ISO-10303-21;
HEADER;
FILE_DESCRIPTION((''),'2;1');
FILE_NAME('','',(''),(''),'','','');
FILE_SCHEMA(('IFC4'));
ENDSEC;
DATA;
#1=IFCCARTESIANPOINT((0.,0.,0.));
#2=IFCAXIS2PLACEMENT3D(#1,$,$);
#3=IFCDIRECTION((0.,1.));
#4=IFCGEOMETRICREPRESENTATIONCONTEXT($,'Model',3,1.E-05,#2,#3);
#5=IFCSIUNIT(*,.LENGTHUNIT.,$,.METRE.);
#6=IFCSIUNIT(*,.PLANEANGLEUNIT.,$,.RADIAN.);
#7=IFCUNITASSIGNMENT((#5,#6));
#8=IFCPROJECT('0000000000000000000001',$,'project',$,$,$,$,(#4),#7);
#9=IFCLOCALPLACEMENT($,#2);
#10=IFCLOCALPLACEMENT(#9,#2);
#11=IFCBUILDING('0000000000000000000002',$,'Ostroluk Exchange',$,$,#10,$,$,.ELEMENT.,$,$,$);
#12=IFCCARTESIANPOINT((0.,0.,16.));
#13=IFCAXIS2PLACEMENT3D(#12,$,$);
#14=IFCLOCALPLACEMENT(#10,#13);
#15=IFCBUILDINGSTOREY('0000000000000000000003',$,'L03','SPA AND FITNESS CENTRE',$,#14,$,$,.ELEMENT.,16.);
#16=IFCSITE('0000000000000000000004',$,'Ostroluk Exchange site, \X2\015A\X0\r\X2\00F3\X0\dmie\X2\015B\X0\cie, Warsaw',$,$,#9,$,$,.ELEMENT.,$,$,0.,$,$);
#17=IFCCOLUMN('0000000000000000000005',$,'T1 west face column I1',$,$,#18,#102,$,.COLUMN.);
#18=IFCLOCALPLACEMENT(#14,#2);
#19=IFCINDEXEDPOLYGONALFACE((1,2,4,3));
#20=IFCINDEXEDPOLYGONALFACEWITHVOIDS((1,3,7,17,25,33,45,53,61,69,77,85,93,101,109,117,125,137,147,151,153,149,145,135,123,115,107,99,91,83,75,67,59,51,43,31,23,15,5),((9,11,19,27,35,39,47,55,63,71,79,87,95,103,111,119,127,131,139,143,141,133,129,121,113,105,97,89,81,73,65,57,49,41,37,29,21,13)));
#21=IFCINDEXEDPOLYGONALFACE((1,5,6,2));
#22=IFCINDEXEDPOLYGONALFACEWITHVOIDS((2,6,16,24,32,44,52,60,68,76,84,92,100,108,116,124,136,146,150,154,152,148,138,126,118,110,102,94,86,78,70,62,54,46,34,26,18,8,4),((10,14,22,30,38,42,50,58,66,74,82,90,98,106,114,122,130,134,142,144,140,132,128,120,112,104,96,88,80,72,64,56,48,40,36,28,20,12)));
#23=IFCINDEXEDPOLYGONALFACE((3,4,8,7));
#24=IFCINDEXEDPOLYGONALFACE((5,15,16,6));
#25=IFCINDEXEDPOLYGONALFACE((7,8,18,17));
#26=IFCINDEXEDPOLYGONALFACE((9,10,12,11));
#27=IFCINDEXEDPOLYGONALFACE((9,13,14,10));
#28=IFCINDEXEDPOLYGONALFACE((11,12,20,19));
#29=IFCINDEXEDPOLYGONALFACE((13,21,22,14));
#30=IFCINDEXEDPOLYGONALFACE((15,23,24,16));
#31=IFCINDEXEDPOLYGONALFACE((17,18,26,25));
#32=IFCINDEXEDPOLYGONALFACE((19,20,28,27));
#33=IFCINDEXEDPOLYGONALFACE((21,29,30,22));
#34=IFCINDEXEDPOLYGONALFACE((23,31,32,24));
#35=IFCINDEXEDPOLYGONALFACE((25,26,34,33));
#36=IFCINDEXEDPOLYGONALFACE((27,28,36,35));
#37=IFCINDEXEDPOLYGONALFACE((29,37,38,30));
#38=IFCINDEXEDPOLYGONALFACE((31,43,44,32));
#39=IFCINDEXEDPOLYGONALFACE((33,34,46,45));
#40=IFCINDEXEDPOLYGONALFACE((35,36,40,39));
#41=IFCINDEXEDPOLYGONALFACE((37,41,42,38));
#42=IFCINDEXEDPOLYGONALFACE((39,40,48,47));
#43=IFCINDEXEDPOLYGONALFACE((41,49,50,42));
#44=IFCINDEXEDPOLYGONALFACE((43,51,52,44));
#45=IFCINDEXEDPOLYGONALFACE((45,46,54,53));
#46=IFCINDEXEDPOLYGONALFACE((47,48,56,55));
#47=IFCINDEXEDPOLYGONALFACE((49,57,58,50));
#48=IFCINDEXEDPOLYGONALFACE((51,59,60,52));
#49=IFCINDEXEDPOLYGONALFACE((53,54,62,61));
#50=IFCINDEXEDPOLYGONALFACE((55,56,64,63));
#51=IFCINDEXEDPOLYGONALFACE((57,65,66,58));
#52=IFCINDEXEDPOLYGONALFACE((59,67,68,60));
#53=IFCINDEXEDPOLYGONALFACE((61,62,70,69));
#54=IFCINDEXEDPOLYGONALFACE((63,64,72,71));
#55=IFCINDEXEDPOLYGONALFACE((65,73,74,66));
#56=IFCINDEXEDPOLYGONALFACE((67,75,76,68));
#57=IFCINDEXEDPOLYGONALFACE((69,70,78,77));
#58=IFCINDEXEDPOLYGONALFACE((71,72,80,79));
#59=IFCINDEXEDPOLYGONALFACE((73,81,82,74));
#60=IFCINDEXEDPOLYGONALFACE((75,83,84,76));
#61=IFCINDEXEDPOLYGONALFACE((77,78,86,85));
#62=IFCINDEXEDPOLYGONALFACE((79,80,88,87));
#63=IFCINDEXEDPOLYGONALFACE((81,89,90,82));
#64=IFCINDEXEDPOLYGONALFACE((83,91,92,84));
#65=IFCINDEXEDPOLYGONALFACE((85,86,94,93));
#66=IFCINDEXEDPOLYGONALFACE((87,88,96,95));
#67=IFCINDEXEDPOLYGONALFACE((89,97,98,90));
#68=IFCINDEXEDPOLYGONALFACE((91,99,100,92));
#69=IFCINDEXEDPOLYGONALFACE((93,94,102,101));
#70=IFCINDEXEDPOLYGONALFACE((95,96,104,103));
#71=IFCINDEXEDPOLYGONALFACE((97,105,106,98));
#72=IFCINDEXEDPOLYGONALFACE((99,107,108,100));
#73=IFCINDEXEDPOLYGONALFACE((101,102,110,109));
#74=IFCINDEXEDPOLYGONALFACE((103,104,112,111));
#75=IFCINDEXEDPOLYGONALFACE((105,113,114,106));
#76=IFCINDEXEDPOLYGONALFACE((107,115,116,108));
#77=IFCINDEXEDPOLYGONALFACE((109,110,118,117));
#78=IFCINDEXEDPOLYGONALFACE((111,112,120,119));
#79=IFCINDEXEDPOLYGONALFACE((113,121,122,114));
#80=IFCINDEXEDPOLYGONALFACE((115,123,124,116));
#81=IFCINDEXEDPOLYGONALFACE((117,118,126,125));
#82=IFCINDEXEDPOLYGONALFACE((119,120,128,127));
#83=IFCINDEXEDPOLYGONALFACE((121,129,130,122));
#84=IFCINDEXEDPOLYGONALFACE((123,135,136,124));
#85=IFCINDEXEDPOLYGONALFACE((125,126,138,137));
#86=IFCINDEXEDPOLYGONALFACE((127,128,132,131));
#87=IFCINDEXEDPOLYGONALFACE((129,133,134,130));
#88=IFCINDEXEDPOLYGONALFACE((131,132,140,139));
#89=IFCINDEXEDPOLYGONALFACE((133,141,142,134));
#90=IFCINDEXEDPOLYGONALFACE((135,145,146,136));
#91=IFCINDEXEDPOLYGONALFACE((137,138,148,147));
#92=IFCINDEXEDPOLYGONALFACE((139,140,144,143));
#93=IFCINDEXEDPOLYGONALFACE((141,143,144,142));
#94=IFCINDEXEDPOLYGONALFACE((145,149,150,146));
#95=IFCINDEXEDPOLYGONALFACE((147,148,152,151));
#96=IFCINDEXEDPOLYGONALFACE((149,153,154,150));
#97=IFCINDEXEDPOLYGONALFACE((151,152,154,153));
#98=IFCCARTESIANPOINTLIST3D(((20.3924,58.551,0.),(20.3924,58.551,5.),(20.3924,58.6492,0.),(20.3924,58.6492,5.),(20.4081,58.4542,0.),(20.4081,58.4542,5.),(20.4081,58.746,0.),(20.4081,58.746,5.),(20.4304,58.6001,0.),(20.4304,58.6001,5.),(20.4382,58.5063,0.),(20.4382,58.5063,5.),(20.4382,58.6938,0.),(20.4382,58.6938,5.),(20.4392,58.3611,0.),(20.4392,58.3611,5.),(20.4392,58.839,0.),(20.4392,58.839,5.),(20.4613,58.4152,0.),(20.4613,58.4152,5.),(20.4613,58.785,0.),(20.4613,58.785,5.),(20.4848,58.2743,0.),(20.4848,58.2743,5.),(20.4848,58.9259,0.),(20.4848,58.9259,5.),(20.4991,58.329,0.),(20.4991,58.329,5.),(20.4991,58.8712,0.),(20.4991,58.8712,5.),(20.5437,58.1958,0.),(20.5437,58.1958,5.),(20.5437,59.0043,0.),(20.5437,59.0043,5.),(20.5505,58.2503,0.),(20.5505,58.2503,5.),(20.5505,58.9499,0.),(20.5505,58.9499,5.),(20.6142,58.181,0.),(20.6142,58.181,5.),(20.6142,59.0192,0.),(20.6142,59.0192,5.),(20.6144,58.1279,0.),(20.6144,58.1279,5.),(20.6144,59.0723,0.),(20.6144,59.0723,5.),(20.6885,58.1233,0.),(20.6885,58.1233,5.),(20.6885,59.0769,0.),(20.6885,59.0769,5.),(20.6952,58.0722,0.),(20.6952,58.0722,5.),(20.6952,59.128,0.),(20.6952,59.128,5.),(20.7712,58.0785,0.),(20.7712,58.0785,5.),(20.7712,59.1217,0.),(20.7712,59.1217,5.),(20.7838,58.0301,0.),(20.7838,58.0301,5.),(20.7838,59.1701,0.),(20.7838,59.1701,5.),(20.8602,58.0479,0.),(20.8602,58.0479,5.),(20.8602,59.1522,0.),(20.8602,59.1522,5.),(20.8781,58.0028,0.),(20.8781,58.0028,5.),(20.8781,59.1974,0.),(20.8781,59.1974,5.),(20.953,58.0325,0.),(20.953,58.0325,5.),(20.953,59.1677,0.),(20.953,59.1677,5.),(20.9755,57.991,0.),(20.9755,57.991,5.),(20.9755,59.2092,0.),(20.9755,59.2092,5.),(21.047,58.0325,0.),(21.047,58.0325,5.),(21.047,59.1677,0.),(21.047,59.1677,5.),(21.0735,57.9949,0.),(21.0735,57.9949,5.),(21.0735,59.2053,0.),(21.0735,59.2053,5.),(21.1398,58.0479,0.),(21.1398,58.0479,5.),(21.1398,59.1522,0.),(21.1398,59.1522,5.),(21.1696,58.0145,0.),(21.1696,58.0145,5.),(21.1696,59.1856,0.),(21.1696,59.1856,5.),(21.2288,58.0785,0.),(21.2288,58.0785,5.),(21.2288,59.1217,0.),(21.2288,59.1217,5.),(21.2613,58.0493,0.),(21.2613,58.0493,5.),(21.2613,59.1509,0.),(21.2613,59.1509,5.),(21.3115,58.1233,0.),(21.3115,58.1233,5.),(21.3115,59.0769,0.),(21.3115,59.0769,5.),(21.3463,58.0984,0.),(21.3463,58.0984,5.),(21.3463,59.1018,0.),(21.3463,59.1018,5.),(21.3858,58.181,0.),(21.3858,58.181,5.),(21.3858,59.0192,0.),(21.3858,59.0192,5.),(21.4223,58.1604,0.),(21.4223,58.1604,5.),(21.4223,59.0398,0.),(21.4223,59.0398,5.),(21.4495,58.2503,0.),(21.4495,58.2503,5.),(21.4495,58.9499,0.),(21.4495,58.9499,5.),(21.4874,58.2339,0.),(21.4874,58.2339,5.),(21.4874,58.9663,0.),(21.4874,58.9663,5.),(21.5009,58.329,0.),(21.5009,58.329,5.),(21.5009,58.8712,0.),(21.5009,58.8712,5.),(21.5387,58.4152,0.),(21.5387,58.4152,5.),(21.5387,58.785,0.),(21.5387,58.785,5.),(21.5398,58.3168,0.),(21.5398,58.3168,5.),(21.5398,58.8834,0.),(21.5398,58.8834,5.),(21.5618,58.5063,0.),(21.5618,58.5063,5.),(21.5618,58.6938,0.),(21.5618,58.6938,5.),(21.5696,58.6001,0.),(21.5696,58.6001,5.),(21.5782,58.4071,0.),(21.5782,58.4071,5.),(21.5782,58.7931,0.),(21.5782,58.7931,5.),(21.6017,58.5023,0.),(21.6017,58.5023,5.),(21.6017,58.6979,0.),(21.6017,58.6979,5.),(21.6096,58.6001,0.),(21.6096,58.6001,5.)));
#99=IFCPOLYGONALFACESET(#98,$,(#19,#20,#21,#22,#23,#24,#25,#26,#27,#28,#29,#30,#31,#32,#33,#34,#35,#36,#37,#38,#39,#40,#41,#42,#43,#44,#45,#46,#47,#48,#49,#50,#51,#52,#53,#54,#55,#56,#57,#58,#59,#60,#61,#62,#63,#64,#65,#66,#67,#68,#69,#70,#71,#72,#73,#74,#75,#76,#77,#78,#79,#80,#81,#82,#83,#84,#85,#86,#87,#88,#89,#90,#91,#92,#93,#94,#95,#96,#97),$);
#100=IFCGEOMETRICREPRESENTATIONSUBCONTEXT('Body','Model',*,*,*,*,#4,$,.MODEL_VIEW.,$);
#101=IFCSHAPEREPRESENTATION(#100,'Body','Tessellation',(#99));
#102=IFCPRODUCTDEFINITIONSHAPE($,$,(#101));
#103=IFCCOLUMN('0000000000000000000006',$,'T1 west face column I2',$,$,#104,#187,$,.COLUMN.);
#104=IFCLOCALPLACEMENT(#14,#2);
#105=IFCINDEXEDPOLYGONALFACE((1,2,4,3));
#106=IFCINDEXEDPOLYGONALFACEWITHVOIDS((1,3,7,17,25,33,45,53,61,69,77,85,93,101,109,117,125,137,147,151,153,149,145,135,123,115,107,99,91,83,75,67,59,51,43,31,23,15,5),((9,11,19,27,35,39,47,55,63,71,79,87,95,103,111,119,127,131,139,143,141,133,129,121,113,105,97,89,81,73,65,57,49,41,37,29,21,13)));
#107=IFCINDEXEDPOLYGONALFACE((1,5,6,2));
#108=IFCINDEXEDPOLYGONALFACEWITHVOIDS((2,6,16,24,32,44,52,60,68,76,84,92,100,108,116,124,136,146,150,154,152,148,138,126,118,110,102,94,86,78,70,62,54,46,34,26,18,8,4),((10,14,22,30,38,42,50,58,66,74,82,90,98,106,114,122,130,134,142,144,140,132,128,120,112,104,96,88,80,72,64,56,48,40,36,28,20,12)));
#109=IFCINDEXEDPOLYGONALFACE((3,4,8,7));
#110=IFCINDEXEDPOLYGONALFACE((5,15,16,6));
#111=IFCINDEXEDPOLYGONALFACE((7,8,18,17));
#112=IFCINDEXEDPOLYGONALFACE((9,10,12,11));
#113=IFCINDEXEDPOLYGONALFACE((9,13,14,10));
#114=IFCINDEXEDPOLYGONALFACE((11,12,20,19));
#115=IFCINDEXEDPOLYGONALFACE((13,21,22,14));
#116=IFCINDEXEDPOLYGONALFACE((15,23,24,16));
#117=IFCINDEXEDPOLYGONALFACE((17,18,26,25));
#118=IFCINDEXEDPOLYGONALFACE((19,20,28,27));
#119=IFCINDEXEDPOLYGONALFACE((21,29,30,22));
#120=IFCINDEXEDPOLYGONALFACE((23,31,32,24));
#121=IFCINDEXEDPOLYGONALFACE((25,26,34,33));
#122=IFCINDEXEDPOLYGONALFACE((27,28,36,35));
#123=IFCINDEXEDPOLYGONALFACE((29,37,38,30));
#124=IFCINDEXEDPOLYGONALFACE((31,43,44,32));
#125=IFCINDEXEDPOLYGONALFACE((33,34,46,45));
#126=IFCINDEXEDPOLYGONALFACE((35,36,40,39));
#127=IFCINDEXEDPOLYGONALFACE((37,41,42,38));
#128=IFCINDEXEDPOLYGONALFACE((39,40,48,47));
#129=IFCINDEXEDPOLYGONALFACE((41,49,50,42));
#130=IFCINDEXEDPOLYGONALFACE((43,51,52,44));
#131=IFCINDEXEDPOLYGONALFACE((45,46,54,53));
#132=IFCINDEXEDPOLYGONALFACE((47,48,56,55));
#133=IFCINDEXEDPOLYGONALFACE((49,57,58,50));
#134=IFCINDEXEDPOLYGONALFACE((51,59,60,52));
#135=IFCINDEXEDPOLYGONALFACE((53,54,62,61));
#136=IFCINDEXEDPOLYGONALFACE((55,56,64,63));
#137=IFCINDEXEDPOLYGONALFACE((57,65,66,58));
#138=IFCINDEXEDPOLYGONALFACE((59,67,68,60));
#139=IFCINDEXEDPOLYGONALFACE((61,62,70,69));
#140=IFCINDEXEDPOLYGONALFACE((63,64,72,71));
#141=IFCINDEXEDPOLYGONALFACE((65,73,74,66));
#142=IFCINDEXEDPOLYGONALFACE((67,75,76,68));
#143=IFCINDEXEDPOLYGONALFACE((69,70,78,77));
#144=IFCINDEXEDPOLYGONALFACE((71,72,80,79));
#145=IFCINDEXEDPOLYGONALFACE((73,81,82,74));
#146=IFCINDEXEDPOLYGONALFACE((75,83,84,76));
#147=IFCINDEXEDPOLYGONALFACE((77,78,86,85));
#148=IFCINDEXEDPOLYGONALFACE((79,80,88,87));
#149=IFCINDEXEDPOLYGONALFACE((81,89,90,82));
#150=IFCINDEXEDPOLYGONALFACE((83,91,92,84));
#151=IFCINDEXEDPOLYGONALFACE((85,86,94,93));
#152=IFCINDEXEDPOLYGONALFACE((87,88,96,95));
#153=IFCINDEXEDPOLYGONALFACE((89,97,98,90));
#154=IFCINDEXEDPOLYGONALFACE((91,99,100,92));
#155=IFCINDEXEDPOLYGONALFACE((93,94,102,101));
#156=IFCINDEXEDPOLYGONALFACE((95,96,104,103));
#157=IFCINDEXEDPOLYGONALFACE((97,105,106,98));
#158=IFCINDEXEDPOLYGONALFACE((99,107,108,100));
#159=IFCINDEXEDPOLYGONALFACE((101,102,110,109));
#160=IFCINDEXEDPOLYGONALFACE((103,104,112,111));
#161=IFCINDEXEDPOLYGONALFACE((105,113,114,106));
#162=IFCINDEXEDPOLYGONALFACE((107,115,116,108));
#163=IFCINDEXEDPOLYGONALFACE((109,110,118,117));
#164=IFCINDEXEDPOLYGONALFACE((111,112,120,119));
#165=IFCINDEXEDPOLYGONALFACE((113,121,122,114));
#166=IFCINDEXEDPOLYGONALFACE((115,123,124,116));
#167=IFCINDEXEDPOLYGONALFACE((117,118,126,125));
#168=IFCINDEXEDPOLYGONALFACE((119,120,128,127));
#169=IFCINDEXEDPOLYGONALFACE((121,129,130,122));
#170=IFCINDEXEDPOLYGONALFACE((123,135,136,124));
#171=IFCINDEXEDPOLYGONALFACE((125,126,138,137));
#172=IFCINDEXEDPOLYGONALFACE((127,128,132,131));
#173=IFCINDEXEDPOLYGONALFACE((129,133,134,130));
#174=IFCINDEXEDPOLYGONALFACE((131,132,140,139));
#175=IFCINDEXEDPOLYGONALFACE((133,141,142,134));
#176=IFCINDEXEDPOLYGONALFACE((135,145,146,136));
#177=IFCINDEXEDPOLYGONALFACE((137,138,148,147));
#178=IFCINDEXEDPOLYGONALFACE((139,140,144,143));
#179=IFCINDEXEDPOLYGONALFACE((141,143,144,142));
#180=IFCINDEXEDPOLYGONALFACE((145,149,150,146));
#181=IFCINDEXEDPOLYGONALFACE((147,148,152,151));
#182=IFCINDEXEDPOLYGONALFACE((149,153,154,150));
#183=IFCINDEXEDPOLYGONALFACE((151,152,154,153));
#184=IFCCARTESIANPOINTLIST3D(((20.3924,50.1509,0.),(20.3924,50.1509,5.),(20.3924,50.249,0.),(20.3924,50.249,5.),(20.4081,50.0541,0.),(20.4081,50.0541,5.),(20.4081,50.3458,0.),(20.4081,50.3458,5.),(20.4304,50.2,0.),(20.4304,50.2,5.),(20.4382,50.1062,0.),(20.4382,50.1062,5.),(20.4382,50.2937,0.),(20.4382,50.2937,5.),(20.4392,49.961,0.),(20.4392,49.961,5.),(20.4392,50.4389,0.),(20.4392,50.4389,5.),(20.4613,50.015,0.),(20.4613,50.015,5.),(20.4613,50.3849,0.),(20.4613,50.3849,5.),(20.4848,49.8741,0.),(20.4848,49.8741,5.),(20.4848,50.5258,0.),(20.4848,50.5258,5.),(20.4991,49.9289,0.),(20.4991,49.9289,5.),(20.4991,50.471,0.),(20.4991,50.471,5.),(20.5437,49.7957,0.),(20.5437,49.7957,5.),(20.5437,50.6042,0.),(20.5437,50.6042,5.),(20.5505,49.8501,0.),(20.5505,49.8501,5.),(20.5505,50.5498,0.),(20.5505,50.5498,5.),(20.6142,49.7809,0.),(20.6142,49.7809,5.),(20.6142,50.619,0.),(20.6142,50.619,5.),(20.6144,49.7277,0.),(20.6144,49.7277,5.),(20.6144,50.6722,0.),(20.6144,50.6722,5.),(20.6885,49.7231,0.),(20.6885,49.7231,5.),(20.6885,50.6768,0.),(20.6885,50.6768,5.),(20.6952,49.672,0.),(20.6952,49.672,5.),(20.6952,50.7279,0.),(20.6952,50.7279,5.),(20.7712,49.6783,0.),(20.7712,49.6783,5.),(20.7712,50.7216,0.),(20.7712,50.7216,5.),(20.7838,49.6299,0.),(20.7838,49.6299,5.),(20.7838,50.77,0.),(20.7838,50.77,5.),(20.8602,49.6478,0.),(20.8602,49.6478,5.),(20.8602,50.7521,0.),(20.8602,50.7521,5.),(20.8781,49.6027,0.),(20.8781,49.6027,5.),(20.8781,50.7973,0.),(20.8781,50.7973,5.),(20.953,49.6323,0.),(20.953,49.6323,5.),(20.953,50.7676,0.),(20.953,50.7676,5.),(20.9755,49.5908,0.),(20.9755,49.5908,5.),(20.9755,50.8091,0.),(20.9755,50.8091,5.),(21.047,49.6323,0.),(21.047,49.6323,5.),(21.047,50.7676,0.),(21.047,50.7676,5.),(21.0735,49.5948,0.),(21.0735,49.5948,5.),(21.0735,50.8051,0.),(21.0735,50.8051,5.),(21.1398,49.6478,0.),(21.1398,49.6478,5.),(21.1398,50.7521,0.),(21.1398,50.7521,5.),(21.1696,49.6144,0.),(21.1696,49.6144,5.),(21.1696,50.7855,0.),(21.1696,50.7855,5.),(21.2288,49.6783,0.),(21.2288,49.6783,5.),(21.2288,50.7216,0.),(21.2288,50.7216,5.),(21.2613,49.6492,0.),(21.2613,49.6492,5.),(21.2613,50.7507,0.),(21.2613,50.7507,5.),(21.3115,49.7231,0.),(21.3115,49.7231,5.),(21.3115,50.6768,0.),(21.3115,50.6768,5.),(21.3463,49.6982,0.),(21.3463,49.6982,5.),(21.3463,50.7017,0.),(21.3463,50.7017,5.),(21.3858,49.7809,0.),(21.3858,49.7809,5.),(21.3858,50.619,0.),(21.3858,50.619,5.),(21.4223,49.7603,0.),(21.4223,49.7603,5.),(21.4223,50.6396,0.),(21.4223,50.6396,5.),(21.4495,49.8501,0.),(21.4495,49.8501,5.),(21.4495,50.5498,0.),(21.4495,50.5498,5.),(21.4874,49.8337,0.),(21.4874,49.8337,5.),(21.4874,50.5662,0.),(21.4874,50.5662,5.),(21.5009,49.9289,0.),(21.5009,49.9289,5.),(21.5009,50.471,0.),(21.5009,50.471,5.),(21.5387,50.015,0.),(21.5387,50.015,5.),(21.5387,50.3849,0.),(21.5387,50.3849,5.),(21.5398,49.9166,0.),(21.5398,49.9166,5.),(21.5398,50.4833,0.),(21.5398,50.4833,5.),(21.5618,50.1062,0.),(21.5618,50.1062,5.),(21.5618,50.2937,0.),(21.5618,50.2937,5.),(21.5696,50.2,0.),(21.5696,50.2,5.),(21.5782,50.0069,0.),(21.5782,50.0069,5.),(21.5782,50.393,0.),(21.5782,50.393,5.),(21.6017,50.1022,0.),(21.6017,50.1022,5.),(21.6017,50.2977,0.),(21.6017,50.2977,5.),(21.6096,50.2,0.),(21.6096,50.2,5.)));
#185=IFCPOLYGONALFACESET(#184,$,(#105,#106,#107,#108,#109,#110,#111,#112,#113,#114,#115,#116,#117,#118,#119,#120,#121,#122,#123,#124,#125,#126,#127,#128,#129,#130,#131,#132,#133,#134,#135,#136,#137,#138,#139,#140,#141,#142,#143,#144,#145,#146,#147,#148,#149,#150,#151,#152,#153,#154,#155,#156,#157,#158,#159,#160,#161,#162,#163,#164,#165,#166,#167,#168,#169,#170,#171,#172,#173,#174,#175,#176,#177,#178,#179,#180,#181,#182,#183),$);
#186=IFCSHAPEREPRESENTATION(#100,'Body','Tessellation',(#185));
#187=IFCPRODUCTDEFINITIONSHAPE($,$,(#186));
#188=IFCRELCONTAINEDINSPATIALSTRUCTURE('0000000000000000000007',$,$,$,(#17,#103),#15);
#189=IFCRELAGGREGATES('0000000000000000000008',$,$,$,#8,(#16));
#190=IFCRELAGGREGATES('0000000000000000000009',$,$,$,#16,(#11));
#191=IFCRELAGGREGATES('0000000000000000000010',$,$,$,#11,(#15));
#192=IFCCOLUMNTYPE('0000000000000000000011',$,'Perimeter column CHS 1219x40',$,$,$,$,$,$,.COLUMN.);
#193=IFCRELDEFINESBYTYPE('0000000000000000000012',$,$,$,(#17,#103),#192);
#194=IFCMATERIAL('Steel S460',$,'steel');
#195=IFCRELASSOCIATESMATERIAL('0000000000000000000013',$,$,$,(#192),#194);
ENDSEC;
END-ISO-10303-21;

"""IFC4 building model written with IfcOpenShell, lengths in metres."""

from ifc_helpers import new_model, si_unit, direction, frame, origin, origin_2d, place, context, subcontext, project, spatial, hollow_circle, extrude, material, material_profile, profile_set, type_object, element, save


model = new_model("IFC4")

# Units and contexts
model_context = context("Model", 3, precision=1e-05, world=origin(), true_north=direction((0.0, 1.0)))
body_context = subcontext(model_context, "Body", "Model", "MODEL_VIEW")
ifc_project = project(units=[si_unit("LENGTHUNIT", "METRE"), si_unit("PLANEANGLEUNIT", "RADIAN")], contexts=[model_context])

# Site, building, storey
site_placement = place(None, origin())
site = spatial("IfcSite", under=ifc_project, at=site_placement, Name="Ostroluk Exchange site, Śródmieście, Warsaw", CompositionType="ELEMENT", RefElevation=0.0)
building_placement = place(site_placement, origin())
building = spatial("IfcBuilding", under=site, at=building_placement, Name="Ostroluk Exchange", CompositionType="ELEMENT")
storey_placement = place(building_placement, frame((0.0, 0.0, 16.0)))
storey = spatial("IfcBuildingStorey", under=building, at=storey_placement, Name="L03", Description="SPA AND FITNESS CENTRE", CompositionType="ELEMENT", Elevation=16.0)

# Columns
ifc_material_1 = material(Name="Steel S460", Category="steel")
ifc_material_profile_1 = material_profile(ifc_material_1, hollow_circle(Radius=0.6096, WallThickness=0.04, at=origin_2d()), Name="CHS 1219x40")
ifc_profile_set_1 = profile_set([ifc_material_profile_1], Name="Steel S460")
column_type = type_object("IfcColumnType", Name="Perimeter column CHS 1219x40", PredefinedType="COLUMN", material=ifc_profile_set_1)
for number, where, z_axis, x_axis, name in (
    (1, (21.0, 58.6001, 0.0), (0.0, 0.0, 1.0), (1.0, 0.0, 0.0), "T1 west face column I1"),
    (2, (21.0, 50.2, 0.0), (0.0, 0.0, 1.0), (1.0, 0.0, 0.0), "T1 west face column I2"),
):
    element("IfcColumn", number, at=place(storey_placement, frame(where, z_axis=z_axis, x_axis=x_axis)), inside=storey, type_object=column_type, Name=name, PredefinedType="COLUMN", context=body_context, shape_type="SweptSolid", body=[
        extrude(hollow_circle(Radius=0.6096, WallThickness=0.04, at=origin_2d()), origin(), (0.0, 0.0, 1.0), 5.0),
    ])

save(model, "model.ifc")
